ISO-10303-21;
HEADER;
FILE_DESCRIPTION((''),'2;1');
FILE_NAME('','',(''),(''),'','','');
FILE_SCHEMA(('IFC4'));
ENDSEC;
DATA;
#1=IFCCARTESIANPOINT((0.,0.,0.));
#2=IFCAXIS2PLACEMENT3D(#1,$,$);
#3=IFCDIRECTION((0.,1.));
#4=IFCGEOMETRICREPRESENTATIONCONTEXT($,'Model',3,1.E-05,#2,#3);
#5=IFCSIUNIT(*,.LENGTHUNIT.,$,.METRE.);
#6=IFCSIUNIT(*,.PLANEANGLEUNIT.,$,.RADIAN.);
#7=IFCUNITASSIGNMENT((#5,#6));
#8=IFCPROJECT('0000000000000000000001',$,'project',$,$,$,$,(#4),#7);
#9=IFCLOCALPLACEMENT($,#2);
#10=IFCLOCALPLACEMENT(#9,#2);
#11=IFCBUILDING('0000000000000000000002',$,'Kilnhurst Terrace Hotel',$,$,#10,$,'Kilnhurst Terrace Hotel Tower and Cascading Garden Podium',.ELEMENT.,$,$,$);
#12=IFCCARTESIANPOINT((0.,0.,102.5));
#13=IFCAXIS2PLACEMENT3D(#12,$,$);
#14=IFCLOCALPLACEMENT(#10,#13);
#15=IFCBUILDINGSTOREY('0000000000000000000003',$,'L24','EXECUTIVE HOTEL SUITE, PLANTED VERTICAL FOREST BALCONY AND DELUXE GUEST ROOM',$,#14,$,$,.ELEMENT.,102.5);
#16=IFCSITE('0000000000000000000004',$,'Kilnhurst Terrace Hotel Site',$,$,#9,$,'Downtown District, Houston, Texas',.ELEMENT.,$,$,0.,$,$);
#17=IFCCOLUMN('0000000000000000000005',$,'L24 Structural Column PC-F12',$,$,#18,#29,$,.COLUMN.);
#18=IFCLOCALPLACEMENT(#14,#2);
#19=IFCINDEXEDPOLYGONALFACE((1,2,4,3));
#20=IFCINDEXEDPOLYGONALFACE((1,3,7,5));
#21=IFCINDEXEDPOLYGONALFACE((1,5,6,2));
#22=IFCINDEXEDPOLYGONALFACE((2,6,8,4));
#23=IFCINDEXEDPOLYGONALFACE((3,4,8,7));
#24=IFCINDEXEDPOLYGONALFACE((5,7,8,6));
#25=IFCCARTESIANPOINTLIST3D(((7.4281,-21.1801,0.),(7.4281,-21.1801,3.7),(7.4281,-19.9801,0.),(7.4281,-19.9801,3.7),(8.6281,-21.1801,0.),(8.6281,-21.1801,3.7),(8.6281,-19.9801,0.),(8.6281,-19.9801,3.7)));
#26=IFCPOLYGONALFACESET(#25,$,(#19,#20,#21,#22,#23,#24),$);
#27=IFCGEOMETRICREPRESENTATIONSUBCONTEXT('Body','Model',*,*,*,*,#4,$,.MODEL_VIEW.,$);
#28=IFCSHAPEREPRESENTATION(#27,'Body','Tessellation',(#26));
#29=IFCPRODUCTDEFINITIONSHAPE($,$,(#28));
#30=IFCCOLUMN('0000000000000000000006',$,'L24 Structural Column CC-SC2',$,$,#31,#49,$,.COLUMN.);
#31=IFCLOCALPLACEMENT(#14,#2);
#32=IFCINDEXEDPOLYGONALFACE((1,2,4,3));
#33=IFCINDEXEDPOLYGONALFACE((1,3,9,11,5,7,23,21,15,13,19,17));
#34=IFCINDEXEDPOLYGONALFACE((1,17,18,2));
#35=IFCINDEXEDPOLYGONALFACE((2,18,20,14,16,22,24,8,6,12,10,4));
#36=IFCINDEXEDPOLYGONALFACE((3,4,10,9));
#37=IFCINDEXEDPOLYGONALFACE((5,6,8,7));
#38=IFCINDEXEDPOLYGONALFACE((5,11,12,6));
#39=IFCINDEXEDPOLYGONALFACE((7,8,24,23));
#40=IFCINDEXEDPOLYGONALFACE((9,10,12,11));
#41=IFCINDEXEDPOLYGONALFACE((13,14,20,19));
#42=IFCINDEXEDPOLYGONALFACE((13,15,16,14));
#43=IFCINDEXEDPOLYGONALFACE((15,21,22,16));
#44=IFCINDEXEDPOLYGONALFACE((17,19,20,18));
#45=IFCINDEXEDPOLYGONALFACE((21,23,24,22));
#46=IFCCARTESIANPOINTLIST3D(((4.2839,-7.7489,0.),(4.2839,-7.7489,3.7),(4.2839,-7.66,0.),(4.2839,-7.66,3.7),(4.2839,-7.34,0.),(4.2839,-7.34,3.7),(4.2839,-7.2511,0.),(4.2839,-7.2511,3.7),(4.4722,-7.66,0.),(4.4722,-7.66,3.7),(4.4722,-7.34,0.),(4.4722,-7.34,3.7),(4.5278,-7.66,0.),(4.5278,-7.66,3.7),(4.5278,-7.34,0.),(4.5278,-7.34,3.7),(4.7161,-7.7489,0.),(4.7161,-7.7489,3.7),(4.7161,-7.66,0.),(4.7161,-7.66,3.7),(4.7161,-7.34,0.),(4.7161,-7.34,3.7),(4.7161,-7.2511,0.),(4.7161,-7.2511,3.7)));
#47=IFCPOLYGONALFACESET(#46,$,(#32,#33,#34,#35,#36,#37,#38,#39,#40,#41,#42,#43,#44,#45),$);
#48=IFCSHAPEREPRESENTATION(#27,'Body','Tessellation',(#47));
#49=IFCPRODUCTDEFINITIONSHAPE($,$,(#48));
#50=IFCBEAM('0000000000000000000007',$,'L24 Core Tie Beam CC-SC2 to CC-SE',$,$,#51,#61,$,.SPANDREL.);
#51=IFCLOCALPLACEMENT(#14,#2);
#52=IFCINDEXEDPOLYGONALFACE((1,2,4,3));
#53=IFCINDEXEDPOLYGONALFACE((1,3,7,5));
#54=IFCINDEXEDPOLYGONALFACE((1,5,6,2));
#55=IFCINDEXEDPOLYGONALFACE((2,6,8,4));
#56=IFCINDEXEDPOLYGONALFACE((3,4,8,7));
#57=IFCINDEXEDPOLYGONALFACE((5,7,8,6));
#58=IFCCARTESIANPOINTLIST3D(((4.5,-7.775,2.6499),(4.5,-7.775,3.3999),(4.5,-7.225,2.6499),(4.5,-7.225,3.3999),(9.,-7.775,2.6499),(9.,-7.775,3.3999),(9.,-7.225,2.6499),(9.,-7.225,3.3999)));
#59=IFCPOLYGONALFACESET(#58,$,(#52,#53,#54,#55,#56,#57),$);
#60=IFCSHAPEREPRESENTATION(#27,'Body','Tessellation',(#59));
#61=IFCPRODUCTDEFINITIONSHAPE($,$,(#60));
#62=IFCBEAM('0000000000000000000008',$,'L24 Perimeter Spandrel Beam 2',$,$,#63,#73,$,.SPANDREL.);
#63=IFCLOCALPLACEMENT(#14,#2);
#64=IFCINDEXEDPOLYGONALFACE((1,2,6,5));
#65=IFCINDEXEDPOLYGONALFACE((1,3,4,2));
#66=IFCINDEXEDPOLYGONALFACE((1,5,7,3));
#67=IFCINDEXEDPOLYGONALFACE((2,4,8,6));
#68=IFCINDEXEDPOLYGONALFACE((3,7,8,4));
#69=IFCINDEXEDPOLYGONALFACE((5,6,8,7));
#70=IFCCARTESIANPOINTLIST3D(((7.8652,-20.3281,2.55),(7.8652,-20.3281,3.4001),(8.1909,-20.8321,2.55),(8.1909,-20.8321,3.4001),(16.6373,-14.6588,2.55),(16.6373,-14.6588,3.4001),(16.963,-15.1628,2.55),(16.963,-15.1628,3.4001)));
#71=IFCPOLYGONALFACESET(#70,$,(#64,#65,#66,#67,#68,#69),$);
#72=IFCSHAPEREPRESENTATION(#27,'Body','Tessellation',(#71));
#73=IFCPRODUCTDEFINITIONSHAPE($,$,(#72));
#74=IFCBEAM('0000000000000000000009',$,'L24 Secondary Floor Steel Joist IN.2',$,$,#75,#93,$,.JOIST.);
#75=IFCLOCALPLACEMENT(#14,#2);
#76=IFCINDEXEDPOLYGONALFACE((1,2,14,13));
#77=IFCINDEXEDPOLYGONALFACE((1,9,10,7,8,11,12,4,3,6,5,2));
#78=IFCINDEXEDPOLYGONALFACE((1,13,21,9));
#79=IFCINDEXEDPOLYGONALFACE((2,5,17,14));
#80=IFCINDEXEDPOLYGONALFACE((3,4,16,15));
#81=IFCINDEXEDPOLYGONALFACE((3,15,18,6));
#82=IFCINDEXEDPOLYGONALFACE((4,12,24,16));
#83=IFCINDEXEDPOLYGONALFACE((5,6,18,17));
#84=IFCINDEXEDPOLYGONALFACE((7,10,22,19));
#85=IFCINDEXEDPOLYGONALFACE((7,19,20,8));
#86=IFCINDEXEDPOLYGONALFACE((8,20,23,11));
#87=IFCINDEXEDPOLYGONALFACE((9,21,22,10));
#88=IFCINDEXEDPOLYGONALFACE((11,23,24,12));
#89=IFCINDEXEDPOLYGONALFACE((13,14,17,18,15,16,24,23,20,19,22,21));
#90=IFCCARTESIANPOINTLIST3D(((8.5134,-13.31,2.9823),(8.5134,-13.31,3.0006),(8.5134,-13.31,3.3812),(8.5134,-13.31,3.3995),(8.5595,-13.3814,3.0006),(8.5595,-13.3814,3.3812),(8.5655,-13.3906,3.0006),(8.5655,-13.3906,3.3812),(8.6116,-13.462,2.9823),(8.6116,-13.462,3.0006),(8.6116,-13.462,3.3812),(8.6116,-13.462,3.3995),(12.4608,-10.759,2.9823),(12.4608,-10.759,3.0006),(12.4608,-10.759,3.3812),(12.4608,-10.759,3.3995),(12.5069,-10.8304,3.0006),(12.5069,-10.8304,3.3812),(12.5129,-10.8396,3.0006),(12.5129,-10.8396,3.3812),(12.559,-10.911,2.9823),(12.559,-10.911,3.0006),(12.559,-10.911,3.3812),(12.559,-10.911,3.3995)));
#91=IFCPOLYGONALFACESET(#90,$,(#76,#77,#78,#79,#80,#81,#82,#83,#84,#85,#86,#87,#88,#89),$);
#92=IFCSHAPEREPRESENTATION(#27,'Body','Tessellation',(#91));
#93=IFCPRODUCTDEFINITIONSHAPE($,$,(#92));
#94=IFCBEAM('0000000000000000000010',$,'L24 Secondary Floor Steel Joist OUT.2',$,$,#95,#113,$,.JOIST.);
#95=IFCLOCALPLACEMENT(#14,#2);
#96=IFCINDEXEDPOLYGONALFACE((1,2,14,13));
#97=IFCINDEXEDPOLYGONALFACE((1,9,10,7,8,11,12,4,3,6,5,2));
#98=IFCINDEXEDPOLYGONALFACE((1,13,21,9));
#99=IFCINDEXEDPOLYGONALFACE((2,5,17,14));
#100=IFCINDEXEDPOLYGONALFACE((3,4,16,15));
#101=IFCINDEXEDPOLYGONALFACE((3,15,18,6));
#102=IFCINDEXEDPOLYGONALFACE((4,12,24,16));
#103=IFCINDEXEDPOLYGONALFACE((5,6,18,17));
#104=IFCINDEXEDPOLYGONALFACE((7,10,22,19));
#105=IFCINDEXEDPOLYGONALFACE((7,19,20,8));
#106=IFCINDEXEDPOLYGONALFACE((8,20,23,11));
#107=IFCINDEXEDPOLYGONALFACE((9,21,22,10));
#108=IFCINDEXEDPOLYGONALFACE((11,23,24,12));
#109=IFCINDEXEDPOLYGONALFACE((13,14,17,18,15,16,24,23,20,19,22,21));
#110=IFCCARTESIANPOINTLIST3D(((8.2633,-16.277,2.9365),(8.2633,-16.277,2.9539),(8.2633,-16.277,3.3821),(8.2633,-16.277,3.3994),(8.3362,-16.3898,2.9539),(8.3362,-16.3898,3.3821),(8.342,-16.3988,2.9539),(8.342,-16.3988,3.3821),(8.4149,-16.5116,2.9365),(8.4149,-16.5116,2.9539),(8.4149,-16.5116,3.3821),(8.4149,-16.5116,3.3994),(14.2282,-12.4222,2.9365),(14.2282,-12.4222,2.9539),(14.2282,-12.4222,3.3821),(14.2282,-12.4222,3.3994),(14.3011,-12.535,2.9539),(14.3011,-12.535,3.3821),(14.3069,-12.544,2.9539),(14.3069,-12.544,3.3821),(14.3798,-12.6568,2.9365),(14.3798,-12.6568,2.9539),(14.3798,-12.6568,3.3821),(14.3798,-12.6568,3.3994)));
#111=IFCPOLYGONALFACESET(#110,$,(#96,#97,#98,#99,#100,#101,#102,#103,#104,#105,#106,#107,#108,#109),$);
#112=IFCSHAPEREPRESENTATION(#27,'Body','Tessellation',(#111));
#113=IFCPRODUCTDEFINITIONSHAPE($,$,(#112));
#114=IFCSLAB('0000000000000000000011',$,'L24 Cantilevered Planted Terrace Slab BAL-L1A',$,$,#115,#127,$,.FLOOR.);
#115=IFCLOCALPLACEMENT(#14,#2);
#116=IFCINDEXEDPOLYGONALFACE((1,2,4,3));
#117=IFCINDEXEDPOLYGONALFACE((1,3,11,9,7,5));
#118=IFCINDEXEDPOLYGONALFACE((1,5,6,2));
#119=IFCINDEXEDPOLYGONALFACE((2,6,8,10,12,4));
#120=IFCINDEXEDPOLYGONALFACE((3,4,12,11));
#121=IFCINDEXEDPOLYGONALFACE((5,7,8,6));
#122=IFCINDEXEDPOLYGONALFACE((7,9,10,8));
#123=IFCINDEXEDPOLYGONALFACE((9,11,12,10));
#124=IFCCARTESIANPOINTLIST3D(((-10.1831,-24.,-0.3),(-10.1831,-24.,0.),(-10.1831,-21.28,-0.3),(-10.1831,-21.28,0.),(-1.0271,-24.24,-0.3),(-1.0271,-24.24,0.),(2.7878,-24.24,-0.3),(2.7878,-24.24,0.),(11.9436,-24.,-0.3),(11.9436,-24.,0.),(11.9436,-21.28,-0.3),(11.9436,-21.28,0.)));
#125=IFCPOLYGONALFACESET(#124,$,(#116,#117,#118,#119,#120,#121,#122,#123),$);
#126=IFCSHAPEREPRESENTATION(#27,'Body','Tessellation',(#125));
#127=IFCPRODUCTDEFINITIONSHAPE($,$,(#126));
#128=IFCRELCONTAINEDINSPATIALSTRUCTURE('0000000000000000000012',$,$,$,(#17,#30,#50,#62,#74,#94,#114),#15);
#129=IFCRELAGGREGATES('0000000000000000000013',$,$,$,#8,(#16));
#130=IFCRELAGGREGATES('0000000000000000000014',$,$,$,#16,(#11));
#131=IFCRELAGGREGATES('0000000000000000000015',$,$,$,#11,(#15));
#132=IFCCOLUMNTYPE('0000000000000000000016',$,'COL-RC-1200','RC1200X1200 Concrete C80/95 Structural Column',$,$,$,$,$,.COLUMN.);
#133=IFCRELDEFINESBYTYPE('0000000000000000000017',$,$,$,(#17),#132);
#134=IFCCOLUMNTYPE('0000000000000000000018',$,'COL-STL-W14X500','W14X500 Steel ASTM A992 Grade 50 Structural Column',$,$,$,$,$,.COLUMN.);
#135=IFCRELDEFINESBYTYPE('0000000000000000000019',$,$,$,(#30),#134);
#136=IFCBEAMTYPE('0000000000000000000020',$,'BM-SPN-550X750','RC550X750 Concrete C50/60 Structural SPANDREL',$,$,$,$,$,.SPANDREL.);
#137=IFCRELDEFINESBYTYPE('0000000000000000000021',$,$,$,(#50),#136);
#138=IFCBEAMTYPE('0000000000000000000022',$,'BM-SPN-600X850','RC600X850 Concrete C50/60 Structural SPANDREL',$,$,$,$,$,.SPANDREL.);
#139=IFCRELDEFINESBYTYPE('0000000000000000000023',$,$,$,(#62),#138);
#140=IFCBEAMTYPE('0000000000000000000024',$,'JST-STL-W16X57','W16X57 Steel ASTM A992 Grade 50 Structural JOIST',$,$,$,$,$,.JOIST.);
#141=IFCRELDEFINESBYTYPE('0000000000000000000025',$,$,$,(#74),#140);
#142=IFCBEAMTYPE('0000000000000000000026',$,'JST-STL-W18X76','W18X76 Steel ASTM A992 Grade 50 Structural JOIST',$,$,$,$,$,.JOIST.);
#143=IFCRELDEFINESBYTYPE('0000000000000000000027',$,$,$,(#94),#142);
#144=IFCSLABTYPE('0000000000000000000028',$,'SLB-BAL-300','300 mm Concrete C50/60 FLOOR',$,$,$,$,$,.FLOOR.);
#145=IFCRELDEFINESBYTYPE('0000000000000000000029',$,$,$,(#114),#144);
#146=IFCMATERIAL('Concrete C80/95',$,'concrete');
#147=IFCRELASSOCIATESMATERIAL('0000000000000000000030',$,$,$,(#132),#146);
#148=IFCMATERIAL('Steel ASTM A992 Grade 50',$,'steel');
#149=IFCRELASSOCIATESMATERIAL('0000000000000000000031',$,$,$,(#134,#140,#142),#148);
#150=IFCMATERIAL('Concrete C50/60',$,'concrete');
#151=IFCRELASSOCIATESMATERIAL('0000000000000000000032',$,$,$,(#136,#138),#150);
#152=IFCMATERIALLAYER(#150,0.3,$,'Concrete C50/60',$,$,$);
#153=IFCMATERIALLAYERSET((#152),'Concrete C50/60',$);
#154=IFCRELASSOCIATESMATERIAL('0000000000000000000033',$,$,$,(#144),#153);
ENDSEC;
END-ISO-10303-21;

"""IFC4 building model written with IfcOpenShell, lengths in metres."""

from ifc_helpers import new_model, si_unit, direction, frame, origin, origin_2d, place, context, subcontext, project, spatial, polyline, rectangle, i_section, outline, extrude, material, layer, layer_set, material_profile, profile_set, type_object, element, save


model = new_model("IFC4")

# Units and contexts
model_context = context("Model", 3, precision=1e-05, world=origin(), true_north=direction((0.0, 1.0)))
body_context = subcontext(model_context, "Body", "Model", "MODEL_VIEW")
ifc_project = project(units=[si_unit("LENGTHUNIT", "METRE"), si_unit("PLANEANGLEUNIT", "RADIAN")], contexts=[model_context])

# Site, building, storey
site_placement = place(None, origin())
site = spatial("IfcSite", under=ifc_project, at=site_placement, Name="Kilnhurst Terrace Hotel Site", LongName="Downtown District, Houston, Texas", CompositionType="ELEMENT", RefElevation=0.0)
building_placement = place(site_placement, origin())
building = spatial("IfcBuilding", under=site, at=building_placement, Name="Kilnhurst Terrace Hotel", LongName="Kilnhurst Terrace Hotel Tower and Cascading Garden Podium", CompositionType="ELEMENT")
storey_placement = place(building_placement, frame((0.0, 0.0, 102.5)))
storey = spatial("IfcBuildingStorey", under=building, at=storey_placement, Name="L24", Description="EXECUTIVE HOTEL SUITE, PLANTED VERTICAL FOREST BALCONY AND DELUXE GUEST ROOM", CompositionType="ELEMENT", Elevation=102.5)

# Columns
ifc_material_1 = material(Name="Concrete C80/95", Category="concrete")
ifc_material_profile_1 = material_profile(ifc_material_1, rectangle(XDim=1.2, YDim=1.2, at=origin_2d()), Name="RC1200X1200")
ifc_profile_set_1 = profile_set([ifc_material_profile_1], Name="Concrete C80/95")
column_type_1 = type_object("IfcColumnType", Name="COL-RC-1200", Description="RC1200X1200 Concrete C80/95 Structural Column", PredefinedType="COLUMN", material=ifc_profile_set_1)
column_1_placement = place(storey_placement, frame((8.0281, -20.5801, 0.0), z_axis=(0.0, 0.0, 1.0), x_axis=(1.0, 0.0, 0.0)))
element("IfcColumn", 1, at=column_1_placement, inside=storey, type_object=column_type_1, Name="L24 Structural Column PC-F12", PredefinedType="COLUMN", context=body_context, shape_type="SweptSolid", body=[
    extrude(rectangle(XDim=1.2, YDim=1.2, at=origin_2d()), origin(), (0.0, 0.0, 1.0), 3.7),
])
ifc_material_2 = material(Name="Steel ASTM A992 Grade 50", Category="steel")
ifc_material_profile_2 = material_profile(ifc_material_2, i_section(OverallWidth=0.4321, OverallDepth=0.4978, WebThickness=0.0557, FlangeThickness=0.0889, at=origin_2d()), Name="W14X500")
ifc_profile_set_2 = profile_set([ifc_material_profile_2], Name="Steel ASTM A992 Grade 50")
column_type_2 = type_object("IfcColumnType", Name="COL-STL-W14X500", Description="W14X500 Steel ASTM A992 Grade 50 Structural Column", PredefinedType="COLUMN", material=ifc_profile_set_2)
column_2_placement = place(storey_placement, frame((4.5, -7.5, 0.0), z_axis=(0.0, 0.0, 1.0), x_axis=(1.0, 0.0, 0.0)))
element("IfcColumn", 2, at=column_2_placement, inside=storey, type_object=column_type_2, Name="L24 Structural Column CC-SC2", PredefinedType="COLUMN", context=body_context, shape_type="SweptSolid", body=[
    extrude(i_section(OverallWidth=0.4321, OverallDepth=0.4978, WebThickness=0.0557, FlangeThickness=0.0889, at=origin_2d()), origin(), (0.0, 0.0, 1.0), 3.7),
])

# Beams
ifc_material_3 = material(Name="Concrete C50/60", Category="concrete")
ifc_material_profile_3 = material_profile(ifc_material_3, rectangle(XDim=0.55, YDim=0.75, at=origin_2d()), Name="RC550X750")
ifc_profile_set_3 = profile_set([ifc_material_profile_3], Name="Concrete C50/60")
beam_type_1 = type_object("IfcBeamType", Name="BM-SPN-550X750", Description="RC550X750 Concrete C50/60 Structural SPANDREL", PredefinedType="SPANDREL", material=ifc_profile_set_3)
beam_1_placement = place(storey_placement, frame((4.5, -7.5, 3.0249), z_axis=(1.0, 0.0, 0.0), x_axis=(0.0, 1.0, 0.0)))
element("IfcBeam", 3, at=beam_1_placement, inside=storey, type_object=beam_type_1, Name="L24 Core Tie Beam CC-SC2 to CC-SE", PredefinedType="SPANDREL", context=body_context, shape_type="SweptSolid", body=[
    extrude(rectangle(XDim=0.55, YDim=0.75, at=origin_2d()), origin(), (0.0, 0.0, 1.0), 4.5),
])
ifc_material_profile_4 = material_profile(ifc_material_3, rectangle(XDim=0.6001, YDim=0.8501, at=origin_2d()), Name="RC600X850")
ifc_profile_set_4 = profile_set([ifc_material_profile_4], Name="Concrete C50/60")
beam_type_2 = type_object("IfcBeamType", Name="BM-SPN-600X850", Description="RC600X850 Concrete C50/60 Structural SPANDREL", PredefinedType="SPANDREL", material=ifc_profile_set_4)
beam_2_placement = place(storey_placement, frame((8.0281, -20.5801, 2.9751), z_axis=(0.839867, 0.542793, 0.0), x_axis=(-0.542793, 0.839867, 0.0)))
element("IfcBeam", 4, at=beam_2_placement, inside=storey, type_object=beam_type_2, Name="L24 Perimeter Spandrel Beam 2", PredefinedType="SPANDREL", context=body_context, shape_type="SweptSolid", body=[
    extrude(rectangle(XDim=0.6001, YDim=0.8501, at=origin_2d()), origin(), (0.0, 0.0, 1.0), 10.4446),
])
ifc_material_profile_5 = material_profile(ifc_material_2, i_section(OverallWidth=0.1809, OverallDepth=0.4172, WebThickness=0.011, FlangeThickness=0.0183, at=origin_2d()), Name="W16X57")
ifc_profile_set_5 = profile_set([ifc_material_profile_5], Name="Steel ASTM A992 Grade 50")
beam_type_3 = type_object("IfcBeamType", Name="JST-STL-W16X57", Description="W16X57 Steel ASTM A992 Grade 50 Structural JOIST", PredefinedType="JOIST", material=ifc_profile_set_5)
beam_3_placement = place(storey_placement, frame((8.5625, -13.386, 3.1909), z_axis=(0.839885, 0.542764, 0.0), x_axis=(-0.542764, 0.839885, 0.0)))
element("IfcBeam", 5, at=beam_3_placement, inside=storey, type_object=beam_type_3, Name="L24 Secondary Floor Steel Joist IN.2", PredefinedType="JOIST", context=body_context, shape_type="SweptSolid", body=[
    extrude(i_section(OverallWidth=0.1809, OverallDepth=0.4172, WebThickness=0.011, FlangeThickness=0.0183, at=origin_2d()), origin(), (0.0, 0.0, 1.0), 4.7),
])
ifc_material_profile_6 = material_profile(ifc_material_2, i_section(OverallWidth=0.2793, OverallDepth=0.4629, WebThickness=0.0107, FlangeThickness=0.0173, at=origin_2d()), Name="W18X76")
ifc_profile_set_6 = profile_set([ifc_material_profile_6], Name="Steel ASTM A992 Grade 50")
beam_type_4 = type_object("IfcBeamType", Name="JST-STL-W18X76", Description="W18X76 Steel ASTM A992 Grade 50 Structural JOIST", PredefinedType="JOIST", material=ifc_profile_set_6)
beam_4_placement = place(storey_placement, frame((8.3391, -16.3943, 3.168), z_axis=(0.839883, 0.542768, 0.0), x_axis=(-0.542768, 0.839883, 0.0)))
element("IfcBeam", 6, at=beam_4_placement, inside=storey, type_object=beam_type_4, Name="L24 Secondary Floor Steel Joist OUT.2", PredefinedType="JOIST", context=body_context, shape_type="SweptSolid", body=[
    extrude(i_section(OverallWidth=0.2793, OverallDepth=0.4629, WebThickness=0.0107, FlangeThickness=0.0173, at=origin_2d()), origin(), (0.0, 0.0, 1.0), 7.1021),
])

# Slab
ifc_layer_1 = layer(ifc_material_3, 0.3, Name="Concrete C50/60")
ifc_layer_set_1 = layer_set([ifc_layer_1], Name="Concrete C50/60")
slab_type_1 = type_object("IfcSlabType", Name="SLB-BAL-300", Description="300 mm Concrete C50/60 FLOOR", PredefinedType="FLOOR", material=ifc_layer_set_1)
slab_1_placement = place(storey_placement, frame((0.0, 0.0, -0.3)))
element("IfcSlab", 7, at=slab_1_placement, inside=storey, type_object=slab_type_1, Name="L24 Cantilevered Planted Terrace Slab BAL-L1A", PredefinedType="FLOOR", context=body_context, shape_type="SweptSolid", body=[
    extrude(outline(polyline([(2.7878, -24.24), (-1.0271, -24.24), (-10.1831, -24.0), (-10.1831, -21.28), (11.9436, -21.28), (11.9436, -24.0), (2.7878, -24.24)])), origin(), (0.0, 0.0, 1.0), 0.3),
])

save(model, "model.ifc")
